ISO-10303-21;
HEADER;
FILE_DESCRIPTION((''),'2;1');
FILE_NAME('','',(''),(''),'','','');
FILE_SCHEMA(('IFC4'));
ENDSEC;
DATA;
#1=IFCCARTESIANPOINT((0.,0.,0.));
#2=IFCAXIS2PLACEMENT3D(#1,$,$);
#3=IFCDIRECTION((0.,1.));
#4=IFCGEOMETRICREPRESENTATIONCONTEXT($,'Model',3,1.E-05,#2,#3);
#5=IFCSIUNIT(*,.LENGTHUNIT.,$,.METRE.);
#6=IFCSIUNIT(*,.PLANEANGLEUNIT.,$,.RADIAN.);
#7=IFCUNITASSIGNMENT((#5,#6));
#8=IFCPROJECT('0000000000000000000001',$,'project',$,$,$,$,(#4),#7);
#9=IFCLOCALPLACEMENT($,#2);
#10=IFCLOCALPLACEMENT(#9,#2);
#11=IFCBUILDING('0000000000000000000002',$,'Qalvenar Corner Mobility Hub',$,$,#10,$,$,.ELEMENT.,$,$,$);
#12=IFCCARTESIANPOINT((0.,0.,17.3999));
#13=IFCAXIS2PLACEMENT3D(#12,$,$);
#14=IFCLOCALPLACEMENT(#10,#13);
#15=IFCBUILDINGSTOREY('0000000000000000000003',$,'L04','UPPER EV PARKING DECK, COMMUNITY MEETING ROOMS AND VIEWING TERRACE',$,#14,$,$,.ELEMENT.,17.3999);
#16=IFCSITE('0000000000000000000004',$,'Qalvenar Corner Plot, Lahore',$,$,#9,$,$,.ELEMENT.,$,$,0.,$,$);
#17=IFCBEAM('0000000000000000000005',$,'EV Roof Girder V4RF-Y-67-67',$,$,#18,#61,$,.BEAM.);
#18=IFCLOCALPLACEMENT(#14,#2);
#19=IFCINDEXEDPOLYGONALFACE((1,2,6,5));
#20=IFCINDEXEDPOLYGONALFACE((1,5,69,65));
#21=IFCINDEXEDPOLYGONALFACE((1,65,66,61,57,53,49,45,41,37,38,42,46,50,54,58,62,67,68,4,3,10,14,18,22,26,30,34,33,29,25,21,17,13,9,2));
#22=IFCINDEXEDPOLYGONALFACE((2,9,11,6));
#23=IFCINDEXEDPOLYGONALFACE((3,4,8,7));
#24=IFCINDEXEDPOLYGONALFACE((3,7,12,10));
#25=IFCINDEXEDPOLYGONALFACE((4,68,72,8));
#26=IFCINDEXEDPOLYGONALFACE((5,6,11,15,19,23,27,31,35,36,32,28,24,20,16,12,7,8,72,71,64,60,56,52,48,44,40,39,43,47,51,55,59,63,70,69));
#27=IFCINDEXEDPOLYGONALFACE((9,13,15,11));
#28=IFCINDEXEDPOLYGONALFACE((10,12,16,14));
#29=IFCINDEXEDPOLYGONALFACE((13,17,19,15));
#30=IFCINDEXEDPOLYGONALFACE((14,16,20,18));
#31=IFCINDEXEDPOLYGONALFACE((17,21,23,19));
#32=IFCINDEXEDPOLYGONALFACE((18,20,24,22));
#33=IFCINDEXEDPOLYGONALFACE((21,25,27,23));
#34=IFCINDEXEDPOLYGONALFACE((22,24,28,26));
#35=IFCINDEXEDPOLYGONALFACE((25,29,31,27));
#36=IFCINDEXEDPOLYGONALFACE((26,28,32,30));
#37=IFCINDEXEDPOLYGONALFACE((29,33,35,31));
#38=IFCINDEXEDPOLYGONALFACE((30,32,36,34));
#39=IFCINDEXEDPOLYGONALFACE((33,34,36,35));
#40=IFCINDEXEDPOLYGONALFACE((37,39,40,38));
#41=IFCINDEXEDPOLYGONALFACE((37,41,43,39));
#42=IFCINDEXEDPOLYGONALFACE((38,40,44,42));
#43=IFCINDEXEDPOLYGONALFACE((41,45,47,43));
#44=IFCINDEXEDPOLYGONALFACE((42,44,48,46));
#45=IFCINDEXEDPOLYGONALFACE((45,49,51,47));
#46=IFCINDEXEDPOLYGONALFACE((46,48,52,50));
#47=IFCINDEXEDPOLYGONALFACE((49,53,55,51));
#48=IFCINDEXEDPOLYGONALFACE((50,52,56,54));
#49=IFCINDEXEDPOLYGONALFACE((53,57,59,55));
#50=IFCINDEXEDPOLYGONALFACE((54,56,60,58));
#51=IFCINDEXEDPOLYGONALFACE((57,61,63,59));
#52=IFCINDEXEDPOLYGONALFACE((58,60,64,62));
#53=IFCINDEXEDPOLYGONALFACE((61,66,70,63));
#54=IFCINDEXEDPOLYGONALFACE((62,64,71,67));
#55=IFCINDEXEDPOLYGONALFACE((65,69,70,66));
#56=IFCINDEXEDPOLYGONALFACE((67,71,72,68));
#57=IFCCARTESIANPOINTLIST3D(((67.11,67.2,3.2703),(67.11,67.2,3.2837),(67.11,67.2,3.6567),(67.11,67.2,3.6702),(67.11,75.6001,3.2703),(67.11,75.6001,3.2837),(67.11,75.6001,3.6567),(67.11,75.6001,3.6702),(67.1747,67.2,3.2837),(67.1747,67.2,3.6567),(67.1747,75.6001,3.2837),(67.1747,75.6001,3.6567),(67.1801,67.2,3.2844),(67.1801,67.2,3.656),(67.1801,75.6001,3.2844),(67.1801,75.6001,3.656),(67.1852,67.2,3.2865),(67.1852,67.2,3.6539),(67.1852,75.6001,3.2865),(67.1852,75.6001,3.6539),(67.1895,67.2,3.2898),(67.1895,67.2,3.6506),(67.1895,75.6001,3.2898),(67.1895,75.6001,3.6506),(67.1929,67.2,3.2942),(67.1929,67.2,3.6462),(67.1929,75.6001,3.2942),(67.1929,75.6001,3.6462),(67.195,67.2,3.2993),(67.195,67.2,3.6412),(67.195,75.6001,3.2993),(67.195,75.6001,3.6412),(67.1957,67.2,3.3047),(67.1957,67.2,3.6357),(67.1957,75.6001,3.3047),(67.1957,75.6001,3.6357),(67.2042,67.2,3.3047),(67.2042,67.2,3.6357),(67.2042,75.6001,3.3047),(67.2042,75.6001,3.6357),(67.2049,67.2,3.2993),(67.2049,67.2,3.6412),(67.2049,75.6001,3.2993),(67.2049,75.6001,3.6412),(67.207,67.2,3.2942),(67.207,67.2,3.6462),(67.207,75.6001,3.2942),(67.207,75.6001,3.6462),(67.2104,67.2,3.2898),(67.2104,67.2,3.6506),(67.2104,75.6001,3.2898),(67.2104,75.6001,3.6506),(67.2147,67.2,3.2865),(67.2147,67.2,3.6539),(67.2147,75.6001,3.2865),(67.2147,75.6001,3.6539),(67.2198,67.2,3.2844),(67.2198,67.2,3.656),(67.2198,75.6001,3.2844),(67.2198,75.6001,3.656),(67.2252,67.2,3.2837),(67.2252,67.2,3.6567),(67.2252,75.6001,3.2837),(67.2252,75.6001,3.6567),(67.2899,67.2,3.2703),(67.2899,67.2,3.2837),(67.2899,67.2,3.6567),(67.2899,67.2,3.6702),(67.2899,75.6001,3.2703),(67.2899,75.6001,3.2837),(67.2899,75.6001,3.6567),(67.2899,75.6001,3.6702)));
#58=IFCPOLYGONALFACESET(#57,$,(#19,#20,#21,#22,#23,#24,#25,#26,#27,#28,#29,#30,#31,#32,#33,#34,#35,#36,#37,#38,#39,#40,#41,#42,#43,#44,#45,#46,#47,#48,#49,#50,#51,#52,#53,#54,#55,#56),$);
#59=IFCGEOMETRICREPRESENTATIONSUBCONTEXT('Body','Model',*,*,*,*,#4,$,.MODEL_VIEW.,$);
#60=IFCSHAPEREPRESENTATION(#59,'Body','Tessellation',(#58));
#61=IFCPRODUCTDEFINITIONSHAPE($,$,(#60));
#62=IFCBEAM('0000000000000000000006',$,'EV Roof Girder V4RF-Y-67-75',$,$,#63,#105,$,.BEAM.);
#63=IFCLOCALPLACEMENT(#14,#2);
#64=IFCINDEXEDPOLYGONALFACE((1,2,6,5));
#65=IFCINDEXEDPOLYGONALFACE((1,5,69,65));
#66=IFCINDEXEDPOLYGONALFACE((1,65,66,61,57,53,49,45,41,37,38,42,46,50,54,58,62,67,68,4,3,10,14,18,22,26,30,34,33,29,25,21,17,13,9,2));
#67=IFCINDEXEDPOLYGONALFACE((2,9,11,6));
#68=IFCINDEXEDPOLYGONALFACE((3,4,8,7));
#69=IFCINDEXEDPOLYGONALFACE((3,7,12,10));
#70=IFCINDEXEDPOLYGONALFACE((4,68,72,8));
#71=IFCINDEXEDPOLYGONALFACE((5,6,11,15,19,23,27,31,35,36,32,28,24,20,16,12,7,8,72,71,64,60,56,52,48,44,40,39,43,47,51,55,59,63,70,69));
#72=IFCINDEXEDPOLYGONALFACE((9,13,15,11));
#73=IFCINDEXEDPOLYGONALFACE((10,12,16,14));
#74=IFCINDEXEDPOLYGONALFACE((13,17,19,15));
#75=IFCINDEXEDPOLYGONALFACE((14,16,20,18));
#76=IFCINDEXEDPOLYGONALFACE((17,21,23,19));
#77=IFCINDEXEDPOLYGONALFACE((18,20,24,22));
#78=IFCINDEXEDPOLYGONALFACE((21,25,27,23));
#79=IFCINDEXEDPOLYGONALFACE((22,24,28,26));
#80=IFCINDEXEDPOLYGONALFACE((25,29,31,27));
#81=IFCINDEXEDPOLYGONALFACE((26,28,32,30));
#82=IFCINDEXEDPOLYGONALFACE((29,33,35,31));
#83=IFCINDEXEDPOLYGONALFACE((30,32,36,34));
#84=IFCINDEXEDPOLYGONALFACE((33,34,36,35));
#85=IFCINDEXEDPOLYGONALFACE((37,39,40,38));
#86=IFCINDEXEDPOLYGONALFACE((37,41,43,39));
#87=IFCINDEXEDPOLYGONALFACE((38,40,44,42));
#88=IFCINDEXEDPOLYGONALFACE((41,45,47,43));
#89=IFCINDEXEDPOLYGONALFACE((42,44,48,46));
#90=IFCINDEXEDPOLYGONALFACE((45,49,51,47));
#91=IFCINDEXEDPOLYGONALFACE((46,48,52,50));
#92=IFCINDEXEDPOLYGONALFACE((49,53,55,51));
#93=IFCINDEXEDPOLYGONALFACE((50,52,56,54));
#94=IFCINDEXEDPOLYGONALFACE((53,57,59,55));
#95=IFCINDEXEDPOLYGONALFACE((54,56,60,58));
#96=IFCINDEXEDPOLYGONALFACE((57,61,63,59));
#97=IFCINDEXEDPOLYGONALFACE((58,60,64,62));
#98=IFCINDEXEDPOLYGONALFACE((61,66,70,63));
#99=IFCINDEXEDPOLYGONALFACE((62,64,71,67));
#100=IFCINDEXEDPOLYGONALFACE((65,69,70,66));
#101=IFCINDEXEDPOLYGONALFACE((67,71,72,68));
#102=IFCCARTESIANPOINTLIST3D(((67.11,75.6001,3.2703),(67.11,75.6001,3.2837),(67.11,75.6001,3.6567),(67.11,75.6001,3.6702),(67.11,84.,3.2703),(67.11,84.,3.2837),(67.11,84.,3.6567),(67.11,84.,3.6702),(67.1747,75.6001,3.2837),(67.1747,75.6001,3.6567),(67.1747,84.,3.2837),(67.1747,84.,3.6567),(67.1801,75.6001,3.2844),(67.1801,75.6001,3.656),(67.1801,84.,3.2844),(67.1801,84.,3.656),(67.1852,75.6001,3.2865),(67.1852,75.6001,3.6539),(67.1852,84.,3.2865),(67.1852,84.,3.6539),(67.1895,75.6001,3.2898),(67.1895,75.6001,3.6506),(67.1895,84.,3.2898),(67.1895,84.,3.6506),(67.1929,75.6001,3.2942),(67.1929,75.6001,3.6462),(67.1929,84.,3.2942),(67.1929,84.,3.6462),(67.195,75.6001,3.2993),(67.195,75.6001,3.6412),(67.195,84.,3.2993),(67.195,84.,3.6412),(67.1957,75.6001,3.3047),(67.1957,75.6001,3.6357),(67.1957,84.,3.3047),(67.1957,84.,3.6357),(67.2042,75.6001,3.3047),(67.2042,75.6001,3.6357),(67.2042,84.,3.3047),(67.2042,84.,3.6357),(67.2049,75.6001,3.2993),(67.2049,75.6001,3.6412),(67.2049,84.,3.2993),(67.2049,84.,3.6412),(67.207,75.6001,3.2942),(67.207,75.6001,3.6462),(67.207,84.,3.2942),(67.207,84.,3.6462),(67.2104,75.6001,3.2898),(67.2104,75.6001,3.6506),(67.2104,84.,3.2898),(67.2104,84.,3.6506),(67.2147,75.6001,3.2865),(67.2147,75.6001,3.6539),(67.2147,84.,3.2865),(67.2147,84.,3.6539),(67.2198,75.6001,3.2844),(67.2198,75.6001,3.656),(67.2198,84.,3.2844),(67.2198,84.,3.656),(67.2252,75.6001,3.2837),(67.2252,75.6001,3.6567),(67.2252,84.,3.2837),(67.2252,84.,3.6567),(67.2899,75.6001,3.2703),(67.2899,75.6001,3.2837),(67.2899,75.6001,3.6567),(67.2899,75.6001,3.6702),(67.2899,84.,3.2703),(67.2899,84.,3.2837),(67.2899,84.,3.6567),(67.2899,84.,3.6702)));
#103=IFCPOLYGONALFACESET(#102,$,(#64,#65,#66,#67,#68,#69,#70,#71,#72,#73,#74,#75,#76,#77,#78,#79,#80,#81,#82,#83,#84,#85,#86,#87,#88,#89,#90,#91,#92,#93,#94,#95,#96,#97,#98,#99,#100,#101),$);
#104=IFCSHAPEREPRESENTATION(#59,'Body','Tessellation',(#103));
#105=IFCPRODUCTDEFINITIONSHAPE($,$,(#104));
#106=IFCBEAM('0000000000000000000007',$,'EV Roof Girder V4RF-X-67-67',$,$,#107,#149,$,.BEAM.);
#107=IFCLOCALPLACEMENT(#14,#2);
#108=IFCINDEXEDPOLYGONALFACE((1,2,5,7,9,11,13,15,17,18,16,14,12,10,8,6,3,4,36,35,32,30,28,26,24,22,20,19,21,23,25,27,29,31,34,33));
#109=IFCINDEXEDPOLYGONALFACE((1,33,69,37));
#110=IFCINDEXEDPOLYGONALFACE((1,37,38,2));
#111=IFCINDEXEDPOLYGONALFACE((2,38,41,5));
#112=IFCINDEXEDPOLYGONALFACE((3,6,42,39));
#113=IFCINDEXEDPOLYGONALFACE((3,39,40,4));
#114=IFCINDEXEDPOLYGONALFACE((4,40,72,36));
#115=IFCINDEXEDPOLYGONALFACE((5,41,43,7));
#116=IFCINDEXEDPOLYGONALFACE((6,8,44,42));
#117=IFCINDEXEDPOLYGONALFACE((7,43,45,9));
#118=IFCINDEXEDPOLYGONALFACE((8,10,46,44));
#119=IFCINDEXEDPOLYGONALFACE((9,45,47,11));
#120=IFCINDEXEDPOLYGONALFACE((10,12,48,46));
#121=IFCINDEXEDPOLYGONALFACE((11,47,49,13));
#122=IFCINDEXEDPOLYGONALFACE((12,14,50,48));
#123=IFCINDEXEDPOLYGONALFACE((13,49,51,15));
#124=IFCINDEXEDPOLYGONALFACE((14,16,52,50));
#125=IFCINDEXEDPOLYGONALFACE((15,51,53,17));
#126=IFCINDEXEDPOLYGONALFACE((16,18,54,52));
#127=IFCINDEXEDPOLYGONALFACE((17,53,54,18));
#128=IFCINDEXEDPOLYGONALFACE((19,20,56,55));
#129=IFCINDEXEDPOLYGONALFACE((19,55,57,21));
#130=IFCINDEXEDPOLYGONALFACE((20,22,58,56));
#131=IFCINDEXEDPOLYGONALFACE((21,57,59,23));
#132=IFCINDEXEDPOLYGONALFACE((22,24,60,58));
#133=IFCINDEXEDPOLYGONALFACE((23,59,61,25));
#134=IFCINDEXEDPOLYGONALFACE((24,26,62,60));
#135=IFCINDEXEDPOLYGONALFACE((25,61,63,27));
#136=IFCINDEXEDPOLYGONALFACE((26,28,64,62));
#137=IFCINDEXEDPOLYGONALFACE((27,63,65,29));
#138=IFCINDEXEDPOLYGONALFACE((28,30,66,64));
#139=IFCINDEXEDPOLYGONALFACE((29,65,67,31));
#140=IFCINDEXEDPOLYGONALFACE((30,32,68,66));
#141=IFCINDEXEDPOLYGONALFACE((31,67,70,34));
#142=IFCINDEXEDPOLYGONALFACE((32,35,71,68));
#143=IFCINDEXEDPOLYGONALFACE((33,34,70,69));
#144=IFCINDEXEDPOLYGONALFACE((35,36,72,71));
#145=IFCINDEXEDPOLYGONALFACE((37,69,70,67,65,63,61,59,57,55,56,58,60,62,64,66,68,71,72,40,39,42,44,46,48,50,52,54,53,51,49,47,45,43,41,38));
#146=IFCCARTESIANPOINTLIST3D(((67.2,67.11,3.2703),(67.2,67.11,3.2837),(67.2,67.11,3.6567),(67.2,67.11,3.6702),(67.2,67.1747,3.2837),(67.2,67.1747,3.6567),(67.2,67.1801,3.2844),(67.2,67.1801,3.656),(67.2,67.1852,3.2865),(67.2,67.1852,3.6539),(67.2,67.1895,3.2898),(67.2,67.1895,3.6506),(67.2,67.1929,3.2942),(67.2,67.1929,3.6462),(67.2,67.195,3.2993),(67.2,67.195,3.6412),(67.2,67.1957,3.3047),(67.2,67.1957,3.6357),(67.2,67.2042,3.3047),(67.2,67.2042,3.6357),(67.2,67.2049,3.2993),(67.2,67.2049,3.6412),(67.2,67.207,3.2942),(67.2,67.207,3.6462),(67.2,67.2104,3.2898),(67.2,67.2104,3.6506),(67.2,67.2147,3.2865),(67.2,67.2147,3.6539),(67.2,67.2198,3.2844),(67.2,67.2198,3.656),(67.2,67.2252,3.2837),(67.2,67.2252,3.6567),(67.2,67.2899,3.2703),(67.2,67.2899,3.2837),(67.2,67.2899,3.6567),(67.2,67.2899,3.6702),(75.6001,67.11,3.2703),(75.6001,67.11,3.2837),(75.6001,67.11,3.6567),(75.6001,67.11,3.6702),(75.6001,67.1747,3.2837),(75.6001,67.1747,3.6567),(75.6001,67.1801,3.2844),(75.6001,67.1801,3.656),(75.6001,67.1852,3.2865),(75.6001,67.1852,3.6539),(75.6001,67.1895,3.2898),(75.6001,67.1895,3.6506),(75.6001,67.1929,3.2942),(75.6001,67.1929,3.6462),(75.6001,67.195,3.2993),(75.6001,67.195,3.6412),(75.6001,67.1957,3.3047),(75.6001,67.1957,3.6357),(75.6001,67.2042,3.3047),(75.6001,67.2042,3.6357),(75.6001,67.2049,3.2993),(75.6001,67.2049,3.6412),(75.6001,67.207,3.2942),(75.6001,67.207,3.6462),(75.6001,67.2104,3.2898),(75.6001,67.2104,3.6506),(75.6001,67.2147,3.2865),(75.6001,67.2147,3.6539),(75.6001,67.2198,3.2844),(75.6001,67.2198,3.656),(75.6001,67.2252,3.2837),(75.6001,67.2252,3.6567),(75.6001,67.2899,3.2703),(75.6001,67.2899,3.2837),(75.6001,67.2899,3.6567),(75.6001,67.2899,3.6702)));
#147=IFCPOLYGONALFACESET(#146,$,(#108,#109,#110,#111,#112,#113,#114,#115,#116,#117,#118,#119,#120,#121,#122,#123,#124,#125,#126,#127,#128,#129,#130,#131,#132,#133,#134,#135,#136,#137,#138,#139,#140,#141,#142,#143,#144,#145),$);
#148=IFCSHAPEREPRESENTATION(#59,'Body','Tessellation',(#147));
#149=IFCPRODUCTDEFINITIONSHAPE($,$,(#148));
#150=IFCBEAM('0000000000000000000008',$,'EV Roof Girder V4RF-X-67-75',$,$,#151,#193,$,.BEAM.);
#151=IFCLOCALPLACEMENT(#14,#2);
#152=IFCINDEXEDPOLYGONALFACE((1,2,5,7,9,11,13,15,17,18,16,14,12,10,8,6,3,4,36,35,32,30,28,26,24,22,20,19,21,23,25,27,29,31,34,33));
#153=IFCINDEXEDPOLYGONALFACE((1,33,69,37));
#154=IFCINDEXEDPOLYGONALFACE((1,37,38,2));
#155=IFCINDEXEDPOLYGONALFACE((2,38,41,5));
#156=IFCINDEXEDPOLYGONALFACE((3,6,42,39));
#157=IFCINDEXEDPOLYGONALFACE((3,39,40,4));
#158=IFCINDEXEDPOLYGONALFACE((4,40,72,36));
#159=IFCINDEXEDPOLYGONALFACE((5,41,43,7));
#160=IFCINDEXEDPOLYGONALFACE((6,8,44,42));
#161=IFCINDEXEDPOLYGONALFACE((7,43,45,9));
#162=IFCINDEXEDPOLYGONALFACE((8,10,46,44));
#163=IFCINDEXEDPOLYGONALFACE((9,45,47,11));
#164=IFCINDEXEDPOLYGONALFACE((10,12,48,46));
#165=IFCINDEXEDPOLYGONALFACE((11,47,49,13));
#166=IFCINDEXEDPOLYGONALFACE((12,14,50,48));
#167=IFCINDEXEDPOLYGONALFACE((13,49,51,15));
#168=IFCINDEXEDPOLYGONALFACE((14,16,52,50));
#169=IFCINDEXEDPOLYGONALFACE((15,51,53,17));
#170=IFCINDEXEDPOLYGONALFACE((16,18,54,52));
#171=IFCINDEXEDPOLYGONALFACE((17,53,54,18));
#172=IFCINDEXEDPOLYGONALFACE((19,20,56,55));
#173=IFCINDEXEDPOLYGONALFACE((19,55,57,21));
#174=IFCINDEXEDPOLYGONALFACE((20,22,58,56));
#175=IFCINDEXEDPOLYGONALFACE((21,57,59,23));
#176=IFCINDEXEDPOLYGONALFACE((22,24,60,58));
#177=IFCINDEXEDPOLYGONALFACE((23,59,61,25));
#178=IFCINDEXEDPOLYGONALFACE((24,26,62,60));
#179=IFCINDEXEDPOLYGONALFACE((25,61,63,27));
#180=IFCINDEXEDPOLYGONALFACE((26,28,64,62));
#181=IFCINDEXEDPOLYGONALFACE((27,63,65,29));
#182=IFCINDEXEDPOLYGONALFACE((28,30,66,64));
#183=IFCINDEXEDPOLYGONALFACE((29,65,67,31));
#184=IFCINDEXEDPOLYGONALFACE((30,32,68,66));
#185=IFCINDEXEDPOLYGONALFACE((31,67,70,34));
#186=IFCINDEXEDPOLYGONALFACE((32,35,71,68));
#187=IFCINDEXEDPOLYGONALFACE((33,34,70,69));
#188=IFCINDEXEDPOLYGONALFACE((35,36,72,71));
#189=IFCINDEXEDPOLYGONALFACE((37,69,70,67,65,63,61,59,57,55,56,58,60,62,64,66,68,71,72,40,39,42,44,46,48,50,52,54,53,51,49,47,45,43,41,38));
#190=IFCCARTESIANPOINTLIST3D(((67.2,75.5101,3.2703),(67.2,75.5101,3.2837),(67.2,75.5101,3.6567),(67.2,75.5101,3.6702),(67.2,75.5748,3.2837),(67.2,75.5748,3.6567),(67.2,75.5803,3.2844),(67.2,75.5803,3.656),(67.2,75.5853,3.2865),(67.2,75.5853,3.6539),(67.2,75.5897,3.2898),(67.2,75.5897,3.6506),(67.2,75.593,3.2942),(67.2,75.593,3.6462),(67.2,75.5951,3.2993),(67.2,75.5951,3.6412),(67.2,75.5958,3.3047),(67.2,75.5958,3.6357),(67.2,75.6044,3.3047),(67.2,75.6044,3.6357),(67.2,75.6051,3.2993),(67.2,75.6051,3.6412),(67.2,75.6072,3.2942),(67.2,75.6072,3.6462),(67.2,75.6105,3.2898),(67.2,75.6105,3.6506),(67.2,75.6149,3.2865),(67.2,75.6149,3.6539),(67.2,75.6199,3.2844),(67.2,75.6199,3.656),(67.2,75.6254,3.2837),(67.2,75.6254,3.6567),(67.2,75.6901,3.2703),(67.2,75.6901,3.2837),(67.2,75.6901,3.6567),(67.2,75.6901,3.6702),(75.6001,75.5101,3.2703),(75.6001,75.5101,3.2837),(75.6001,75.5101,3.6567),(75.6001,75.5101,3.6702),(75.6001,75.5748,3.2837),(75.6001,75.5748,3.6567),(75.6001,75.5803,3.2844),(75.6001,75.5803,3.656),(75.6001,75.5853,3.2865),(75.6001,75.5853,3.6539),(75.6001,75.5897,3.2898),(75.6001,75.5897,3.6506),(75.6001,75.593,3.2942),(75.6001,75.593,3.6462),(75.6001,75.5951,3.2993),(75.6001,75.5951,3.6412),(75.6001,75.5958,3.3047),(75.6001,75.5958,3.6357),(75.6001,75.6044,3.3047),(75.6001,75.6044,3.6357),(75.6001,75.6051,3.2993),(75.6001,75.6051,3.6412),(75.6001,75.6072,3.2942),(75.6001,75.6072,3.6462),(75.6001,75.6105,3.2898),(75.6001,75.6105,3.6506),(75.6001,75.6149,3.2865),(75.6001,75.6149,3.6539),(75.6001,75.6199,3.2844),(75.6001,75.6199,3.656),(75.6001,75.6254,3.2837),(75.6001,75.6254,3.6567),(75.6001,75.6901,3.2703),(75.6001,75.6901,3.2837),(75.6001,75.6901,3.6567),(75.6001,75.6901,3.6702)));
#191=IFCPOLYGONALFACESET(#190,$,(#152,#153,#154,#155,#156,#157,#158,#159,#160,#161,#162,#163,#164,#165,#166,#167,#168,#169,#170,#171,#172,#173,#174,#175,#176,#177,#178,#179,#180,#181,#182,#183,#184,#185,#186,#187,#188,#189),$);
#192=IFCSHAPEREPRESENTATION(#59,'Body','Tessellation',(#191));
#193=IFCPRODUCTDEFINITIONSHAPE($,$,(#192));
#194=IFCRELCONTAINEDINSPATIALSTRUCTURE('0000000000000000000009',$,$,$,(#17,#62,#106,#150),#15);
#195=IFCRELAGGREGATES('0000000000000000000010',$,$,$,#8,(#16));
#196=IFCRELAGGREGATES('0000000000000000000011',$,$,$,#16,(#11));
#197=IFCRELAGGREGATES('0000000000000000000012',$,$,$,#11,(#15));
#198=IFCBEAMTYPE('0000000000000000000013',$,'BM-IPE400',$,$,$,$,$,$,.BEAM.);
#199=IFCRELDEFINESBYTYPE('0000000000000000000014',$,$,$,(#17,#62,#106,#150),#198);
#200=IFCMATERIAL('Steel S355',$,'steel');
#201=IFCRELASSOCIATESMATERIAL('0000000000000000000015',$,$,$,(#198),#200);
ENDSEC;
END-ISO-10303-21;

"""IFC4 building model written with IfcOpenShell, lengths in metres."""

from ifc_helpers import new_model, si_unit, direction, frame, origin, origin_2d, place, context, subcontext, project, spatial, i_section, extrude, material, material_profile, profile_set, type_object, element, save


model = new_model("IFC4")

# Units and contexts
model_context = context("Model", 3, precision=1e-05, world=origin(), true_north=direction((0.0, 1.0)))
body_context = subcontext(model_context, "Body", "Model", "MODEL_VIEW")
ifc_project = project(units=[si_unit("LENGTHUNIT", "METRE"), si_unit("PLANEANGLEUNIT", "RADIAN")], contexts=[model_context])

# Site, building, storey
site_placement = place(None, origin())
site = spatial("IfcSite", under=ifc_project, at=site_placement, Name="Qalvenar Corner Plot, Lahore", CompositionType="ELEMENT", RefElevation=0.0)
building_placement = place(site_placement, origin())
building = spatial("IfcBuilding", under=site, at=building_placement, Name="Qalvenar Corner Mobility Hub", CompositionType="ELEMENT")
storey_placement = place(building_placement, frame((0.0, 0.0, 17.3999)))
storey = spatial("IfcBuildingStorey", under=building, at=storey_placement, Name="L04", Description="UPPER EV PARKING DECK, COMMUNITY MEETING ROOMS AND VIEWING TERRACE", CompositionType="ELEMENT", Elevation=17.3999)

# Shared definitions
ifc_material_1 = material(Name="Steel S355", Category="steel")

# Beams
ifc_material_profile_1 = material_profile(ifc_material_1, i_section(OverallWidth=0.1799, OverallDepth=0.3999, WebThickness=0.0085, FlangeThickness=0.0134, FilletRadius=0.021, at=origin_2d()), Name="IPE400")
ifc_profile_set_1 = profile_set([ifc_material_profile_1], Name="Steel S355")
beam_type_1 = type_object("IfcBeamType", Name="BM-IPE400", PredefinedType="BEAM", material=ifc_profile_set_1)
beam_1_placement = place(storey_placement, frame((67.2, 67.2, 3.4702), z_axis=(0.0, 1.0, 0.0), x_axis=(-1.0, 0.0, 0.0)))
element("IfcBeam", 1, at=beam_1_placement, inside=storey, type_object=beam_type_1, Name="EV Roof Girder V4RF-Y-67-67", PredefinedType="BEAM", context=body_context, shape_type="SweptSolid", body=[
    extrude(i_section(OverallWidth=0.1799, OverallDepth=0.3999, WebThickness=0.0085, FlangeThickness=0.0134, FilletRadius=0.021, at=origin_2d()), origin(), (0.0, 0.0, 1.0), 8.4001),
])
beam_2_placement = place(storey_placement, frame((67.2, 75.6001, 3.4702), z_axis=(0.0, 1.0, 0.0), x_axis=(-1.0, 0.0, 0.0)))
element("IfcBeam", 2, at=beam_2_placement, inside=storey, type_object=beam_type_1, Name="EV Roof Girder V4RF-Y-67-75", PredefinedType="BEAM", context=body_context, shape_type="SweptSolid", body=[
    extrude(i_section(OverallWidth=0.1799, OverallDepth=0.3999, WebThickness=0.0085, FlangeThickness=0.0134, FilletRadius=0.021, at=origin_2d()), origin(), (0.0, 0.0, 1.0), 8.3999),
])
for number, where, z_axis, x_axis, name in (
    (3, (67.2, 67.2, 3.4702), (1.0, 0.0, 0.0), (0.0, 1.0, 0.0), "EV Roof Girder V4RF-X-67-67"),
    (4, (67.2, 75.6001, 3.4702), (1.0, 0.0, 0.0), (0.0, 1.0, 0.0), "EV Roof Girder V4RF-X-67-75"),
):
    element("IfcBeam", number, at=place(storey_placement, frame(where, z_axis=z_axis, x_axis=x_axis)), inside=storey, type_object=beam_type_1, Name=name, PredefinedType="BEAM", context=body_context, shape_type="SweptSolid", body=[
        extrude(i_section(OverallWidth=0.1799, OverallDepth=0.3999, WebThickness=0.0085, FlangeThickness=0.0134, FilletRadius=0.021, at=origin_2d()), origin(), (0.0, 0.0, 1.0), 8.4001),
    ])

save(model, "model.ifc")
